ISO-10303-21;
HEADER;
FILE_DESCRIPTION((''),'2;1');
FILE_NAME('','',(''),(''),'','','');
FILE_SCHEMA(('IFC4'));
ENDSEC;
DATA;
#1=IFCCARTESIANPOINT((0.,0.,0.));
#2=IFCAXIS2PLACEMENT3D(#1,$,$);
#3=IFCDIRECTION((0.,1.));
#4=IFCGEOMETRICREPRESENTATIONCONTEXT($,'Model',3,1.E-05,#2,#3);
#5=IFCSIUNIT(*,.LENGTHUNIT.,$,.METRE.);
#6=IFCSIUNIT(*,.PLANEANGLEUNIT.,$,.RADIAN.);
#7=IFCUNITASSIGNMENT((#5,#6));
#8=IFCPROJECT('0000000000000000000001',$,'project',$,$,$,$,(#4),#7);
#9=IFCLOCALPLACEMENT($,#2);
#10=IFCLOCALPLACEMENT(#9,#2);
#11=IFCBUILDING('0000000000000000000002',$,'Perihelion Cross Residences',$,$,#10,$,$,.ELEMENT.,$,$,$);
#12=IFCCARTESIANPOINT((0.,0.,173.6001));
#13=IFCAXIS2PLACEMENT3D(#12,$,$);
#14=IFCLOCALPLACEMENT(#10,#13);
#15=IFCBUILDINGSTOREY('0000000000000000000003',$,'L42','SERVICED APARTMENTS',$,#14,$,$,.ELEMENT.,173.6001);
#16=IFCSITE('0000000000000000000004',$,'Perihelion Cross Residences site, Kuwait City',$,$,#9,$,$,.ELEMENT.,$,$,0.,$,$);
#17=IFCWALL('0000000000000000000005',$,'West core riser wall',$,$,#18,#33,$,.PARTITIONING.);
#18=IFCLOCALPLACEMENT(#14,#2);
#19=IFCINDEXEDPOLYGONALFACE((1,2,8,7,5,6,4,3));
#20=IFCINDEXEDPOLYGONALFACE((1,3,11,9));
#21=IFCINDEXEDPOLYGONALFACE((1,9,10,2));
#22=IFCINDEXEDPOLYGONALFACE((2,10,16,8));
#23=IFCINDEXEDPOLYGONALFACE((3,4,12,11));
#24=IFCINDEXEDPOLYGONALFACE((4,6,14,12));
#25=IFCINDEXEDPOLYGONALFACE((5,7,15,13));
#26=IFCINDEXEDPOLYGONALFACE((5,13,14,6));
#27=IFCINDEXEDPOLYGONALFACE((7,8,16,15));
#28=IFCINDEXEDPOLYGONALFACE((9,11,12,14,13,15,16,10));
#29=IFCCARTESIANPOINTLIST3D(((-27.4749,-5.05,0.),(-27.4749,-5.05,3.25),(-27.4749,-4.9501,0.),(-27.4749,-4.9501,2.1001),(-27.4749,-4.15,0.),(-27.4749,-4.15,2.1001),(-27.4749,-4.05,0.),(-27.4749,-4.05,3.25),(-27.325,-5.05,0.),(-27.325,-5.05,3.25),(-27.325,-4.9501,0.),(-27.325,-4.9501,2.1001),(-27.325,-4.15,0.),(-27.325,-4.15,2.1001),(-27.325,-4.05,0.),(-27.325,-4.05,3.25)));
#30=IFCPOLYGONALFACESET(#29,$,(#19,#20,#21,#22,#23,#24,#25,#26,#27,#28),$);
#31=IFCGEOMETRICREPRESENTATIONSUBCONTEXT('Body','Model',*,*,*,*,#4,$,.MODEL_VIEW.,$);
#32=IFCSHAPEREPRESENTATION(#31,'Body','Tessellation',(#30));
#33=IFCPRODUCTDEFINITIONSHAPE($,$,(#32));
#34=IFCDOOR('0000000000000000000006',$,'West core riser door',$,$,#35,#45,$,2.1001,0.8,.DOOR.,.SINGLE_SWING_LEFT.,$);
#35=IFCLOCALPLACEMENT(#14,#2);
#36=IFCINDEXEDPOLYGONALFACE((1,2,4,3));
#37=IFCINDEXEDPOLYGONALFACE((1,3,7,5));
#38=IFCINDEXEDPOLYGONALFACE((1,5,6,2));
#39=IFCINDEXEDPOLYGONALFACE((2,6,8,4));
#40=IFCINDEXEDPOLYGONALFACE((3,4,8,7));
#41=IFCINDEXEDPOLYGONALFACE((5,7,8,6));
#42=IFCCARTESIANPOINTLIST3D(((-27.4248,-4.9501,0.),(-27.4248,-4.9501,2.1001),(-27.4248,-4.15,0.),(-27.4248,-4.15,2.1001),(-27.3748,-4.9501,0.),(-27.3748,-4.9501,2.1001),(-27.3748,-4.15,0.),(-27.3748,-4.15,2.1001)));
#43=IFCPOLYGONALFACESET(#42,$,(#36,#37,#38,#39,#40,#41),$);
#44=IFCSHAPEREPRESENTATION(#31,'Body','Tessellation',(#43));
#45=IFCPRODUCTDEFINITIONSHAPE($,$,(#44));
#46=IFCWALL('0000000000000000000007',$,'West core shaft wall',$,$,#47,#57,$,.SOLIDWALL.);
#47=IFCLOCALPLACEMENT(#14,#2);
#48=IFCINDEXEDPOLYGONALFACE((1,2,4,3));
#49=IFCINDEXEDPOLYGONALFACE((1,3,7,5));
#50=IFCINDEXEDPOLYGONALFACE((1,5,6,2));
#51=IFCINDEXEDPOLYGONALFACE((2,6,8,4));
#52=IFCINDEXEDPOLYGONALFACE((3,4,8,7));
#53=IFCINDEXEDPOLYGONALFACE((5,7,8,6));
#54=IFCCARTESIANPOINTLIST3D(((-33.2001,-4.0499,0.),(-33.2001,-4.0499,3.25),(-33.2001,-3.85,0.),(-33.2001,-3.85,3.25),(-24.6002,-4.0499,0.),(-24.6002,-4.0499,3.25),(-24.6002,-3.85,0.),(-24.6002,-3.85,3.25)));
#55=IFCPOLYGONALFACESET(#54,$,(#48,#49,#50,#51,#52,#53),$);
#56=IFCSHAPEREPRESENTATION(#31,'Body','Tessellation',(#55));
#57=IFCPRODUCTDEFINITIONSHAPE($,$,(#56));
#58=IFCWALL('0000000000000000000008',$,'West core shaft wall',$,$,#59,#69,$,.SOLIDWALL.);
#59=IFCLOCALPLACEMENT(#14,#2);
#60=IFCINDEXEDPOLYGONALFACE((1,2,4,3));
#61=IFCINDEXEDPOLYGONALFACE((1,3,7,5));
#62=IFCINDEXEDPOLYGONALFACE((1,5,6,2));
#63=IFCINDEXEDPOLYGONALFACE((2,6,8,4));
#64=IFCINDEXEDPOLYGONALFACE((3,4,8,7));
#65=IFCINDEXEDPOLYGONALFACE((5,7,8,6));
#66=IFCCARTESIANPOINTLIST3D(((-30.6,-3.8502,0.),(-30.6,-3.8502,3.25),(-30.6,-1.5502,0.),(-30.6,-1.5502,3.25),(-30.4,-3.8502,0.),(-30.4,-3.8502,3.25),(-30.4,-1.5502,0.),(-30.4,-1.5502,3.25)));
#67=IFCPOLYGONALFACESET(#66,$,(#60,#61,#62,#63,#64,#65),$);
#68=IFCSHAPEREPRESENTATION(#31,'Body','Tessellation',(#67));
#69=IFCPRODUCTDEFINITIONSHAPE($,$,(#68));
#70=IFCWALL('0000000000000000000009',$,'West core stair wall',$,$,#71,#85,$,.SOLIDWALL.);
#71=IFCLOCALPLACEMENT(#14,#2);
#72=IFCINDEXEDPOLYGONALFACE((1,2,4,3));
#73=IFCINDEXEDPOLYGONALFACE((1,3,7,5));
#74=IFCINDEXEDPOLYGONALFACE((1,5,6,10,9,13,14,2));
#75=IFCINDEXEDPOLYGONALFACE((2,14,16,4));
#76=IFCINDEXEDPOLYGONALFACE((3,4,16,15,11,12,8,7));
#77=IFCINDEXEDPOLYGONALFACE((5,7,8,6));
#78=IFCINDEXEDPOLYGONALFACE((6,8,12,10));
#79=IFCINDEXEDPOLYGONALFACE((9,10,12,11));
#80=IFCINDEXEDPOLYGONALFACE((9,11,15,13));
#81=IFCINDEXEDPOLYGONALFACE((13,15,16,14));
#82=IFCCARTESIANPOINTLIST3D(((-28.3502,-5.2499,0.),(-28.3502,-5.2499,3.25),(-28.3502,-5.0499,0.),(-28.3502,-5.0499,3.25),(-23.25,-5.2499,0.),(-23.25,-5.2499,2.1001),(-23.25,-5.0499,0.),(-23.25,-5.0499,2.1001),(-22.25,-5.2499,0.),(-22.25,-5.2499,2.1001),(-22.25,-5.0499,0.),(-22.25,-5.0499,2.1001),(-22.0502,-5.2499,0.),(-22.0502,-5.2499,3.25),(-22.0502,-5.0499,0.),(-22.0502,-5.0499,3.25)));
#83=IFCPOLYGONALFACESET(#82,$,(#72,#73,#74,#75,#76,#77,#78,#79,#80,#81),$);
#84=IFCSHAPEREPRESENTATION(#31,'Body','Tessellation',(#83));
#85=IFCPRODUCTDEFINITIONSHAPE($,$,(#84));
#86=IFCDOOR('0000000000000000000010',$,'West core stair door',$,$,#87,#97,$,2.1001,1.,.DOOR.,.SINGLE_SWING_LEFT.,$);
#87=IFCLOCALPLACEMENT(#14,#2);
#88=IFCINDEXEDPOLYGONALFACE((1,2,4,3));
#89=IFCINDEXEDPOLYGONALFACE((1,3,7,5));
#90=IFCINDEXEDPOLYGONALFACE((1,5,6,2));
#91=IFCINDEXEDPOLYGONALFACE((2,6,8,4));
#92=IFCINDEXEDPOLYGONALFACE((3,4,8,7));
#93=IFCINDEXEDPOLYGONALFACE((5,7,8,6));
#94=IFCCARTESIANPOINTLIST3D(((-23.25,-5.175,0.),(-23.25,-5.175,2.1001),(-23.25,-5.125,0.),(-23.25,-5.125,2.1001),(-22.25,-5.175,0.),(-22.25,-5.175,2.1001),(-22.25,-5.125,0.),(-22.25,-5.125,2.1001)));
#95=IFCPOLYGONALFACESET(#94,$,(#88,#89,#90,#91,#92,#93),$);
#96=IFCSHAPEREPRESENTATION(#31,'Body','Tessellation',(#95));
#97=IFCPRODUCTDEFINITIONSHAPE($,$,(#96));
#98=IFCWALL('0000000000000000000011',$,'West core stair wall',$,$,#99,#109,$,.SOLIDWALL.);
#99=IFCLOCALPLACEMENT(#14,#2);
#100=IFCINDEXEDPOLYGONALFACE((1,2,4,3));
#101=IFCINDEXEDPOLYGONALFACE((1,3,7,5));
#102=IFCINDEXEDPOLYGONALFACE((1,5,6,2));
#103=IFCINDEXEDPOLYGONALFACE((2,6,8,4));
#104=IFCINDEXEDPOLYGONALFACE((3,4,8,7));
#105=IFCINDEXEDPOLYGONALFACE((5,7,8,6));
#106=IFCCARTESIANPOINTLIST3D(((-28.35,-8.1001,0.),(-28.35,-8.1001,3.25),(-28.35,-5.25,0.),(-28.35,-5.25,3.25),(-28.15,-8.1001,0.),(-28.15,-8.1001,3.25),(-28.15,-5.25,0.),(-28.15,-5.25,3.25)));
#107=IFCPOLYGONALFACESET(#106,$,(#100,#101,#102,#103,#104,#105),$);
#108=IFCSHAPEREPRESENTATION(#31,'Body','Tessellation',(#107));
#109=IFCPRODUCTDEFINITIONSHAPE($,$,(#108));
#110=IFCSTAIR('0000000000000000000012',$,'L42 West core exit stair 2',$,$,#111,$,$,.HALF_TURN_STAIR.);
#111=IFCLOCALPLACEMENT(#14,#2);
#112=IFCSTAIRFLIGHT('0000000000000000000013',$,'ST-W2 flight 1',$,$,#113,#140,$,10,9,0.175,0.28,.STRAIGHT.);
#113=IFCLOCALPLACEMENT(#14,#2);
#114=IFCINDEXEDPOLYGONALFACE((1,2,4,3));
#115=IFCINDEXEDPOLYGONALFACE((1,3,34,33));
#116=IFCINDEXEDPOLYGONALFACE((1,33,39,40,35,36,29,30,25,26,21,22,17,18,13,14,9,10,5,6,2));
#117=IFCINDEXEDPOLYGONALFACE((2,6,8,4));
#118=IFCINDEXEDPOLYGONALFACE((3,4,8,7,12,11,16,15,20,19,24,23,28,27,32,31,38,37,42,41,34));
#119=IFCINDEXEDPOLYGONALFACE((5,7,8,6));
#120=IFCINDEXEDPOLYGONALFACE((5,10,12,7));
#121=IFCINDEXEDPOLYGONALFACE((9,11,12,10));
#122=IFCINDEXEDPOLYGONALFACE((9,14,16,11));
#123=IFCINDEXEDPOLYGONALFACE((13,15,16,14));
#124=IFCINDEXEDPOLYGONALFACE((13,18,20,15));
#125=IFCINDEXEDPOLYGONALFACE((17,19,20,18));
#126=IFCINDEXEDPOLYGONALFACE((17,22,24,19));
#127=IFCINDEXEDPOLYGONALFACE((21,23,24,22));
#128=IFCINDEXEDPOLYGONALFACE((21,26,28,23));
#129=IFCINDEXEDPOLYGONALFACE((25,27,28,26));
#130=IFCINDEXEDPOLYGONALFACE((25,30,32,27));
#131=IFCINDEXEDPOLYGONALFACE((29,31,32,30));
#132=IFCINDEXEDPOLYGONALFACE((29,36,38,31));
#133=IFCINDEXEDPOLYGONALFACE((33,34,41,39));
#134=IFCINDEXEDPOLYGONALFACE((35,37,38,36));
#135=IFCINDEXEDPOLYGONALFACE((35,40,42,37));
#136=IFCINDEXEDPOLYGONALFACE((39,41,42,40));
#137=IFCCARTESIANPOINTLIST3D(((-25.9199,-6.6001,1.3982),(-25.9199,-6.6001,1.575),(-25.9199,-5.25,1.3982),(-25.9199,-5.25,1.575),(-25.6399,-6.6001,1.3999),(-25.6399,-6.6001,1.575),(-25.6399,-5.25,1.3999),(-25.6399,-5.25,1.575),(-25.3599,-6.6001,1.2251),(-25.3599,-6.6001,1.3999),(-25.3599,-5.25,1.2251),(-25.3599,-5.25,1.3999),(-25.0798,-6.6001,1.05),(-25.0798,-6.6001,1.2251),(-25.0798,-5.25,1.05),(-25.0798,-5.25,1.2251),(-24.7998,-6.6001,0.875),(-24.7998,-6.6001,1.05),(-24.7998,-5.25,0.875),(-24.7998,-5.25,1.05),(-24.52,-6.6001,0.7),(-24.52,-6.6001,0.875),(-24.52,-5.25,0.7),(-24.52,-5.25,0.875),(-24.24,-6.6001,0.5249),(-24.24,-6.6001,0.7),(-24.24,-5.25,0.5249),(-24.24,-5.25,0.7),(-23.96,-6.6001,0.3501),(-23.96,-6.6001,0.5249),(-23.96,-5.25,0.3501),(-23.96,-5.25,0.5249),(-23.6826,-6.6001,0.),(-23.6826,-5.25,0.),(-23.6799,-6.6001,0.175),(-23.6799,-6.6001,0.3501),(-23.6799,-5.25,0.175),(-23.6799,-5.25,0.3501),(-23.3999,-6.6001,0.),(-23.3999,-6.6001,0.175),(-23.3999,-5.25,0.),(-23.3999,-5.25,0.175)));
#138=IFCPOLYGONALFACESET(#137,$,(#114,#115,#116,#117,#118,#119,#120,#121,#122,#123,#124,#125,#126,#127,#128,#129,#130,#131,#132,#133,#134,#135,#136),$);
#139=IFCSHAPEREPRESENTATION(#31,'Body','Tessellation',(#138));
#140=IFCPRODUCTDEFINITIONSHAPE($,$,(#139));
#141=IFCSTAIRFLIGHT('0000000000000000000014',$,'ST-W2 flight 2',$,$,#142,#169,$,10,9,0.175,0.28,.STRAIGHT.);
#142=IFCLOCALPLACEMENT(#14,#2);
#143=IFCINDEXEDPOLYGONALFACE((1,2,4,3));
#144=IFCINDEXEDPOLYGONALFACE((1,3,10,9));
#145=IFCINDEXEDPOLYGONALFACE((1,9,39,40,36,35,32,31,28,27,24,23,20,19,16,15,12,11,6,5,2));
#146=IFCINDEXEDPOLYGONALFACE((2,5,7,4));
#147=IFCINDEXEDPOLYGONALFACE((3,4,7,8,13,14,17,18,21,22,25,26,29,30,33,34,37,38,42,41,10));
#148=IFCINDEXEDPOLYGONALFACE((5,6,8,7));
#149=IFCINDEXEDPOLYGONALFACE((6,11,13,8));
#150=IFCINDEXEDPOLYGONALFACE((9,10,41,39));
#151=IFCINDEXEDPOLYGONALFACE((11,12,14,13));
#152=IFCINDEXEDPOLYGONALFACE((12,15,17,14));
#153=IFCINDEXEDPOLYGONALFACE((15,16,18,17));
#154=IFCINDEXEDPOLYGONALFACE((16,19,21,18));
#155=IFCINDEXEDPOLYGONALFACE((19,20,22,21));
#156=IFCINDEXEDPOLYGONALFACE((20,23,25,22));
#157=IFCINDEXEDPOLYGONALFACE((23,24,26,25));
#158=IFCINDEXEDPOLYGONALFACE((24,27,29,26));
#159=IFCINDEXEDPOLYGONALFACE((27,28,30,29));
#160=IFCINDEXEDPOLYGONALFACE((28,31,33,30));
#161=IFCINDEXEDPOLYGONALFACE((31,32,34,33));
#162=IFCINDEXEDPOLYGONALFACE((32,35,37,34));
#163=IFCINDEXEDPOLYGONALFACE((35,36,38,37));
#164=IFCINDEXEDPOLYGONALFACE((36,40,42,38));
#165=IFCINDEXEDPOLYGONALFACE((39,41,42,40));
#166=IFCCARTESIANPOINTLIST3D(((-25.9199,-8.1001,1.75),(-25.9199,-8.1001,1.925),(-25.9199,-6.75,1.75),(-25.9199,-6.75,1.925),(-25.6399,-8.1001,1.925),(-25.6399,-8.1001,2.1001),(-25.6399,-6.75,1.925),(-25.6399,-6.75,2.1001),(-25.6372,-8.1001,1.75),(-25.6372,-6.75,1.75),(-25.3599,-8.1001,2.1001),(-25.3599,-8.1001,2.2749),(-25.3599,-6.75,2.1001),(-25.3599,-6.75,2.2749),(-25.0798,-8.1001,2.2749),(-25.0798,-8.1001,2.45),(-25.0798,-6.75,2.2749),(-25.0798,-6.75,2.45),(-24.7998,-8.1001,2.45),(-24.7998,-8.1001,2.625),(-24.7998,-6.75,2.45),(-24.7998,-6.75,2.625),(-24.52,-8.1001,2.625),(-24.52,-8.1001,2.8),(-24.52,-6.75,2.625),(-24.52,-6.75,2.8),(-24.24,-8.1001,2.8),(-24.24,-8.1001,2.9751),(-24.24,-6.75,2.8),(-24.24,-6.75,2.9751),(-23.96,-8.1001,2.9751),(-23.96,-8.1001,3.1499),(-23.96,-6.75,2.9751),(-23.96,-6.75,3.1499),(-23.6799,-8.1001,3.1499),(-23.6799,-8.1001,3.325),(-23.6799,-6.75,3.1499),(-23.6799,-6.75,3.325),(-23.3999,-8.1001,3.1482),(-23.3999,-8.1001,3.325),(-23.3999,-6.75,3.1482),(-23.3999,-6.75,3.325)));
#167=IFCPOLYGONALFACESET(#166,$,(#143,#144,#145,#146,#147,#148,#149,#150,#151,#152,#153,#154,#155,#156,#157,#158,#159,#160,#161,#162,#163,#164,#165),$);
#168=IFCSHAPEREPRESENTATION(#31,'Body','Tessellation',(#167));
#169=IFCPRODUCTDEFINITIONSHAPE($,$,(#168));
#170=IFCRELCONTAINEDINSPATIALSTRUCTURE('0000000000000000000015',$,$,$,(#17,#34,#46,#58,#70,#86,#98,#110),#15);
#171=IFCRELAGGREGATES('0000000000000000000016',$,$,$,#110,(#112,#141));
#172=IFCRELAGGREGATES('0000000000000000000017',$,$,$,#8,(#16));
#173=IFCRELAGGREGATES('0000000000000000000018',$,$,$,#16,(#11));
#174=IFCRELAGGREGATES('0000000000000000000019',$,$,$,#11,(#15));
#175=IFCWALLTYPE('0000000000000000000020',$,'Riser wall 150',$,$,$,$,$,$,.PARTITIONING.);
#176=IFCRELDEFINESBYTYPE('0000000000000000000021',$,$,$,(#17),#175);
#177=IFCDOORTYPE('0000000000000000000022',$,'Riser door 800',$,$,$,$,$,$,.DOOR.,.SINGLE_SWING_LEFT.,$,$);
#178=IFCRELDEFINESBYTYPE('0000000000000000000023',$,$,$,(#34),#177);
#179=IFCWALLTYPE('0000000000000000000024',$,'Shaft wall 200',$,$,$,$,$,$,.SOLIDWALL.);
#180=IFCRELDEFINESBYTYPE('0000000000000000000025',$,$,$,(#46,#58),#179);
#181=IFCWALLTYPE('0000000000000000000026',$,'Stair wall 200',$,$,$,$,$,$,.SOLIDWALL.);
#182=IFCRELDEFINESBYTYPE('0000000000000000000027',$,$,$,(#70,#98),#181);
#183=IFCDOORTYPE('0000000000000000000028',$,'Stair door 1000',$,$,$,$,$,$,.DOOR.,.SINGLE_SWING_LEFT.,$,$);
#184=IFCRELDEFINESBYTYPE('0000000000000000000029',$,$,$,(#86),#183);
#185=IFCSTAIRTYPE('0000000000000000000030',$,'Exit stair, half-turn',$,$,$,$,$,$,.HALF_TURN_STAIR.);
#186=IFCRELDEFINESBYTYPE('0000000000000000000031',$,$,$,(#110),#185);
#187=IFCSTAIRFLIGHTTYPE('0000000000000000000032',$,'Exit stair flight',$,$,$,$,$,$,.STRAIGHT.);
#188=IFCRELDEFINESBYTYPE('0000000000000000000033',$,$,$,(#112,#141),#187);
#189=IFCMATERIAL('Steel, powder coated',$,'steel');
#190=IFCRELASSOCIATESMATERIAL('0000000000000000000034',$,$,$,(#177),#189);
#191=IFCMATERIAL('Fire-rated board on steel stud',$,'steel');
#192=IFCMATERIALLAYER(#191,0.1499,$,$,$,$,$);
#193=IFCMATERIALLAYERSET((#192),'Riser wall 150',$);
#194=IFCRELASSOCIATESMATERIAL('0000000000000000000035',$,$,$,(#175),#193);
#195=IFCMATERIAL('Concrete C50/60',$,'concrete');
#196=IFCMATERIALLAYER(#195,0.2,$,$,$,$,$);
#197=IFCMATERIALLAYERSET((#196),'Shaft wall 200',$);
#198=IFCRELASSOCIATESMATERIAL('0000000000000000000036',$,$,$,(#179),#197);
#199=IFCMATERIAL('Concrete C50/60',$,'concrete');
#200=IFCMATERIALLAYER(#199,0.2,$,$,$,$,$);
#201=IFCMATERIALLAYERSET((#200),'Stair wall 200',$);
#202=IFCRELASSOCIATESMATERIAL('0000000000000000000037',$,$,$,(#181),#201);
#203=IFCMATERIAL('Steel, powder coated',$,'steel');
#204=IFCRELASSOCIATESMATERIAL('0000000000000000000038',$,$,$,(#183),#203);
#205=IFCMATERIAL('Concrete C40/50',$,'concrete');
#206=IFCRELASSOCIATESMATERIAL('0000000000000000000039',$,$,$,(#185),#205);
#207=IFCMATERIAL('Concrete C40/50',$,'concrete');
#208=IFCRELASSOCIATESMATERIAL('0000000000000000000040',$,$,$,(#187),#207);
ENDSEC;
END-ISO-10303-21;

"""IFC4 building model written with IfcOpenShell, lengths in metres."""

from ifc_helpers import new_model, si_unit, direction, frame, frame_2d, origin, place, context, subcontext, project, spatial, polyline, rectangle, outline, extrude, material, layer, layer_set, type_object, element, fill, aggregate, save


model = new_model("IFC4")

# Units and contexts
model_context = context("Model", 3, precision=1e-05, world=origin(), true_north=direction((0.0, 1.0)))
body_context = subcontext(model_context, "Body", "Model", "MODEL_VIEW")
ifc_project = project(units=[si_unit("LENGTHUNIT", "METRE"), si_unit("PLANEANGLEUNIT", "RADIAN")], contexts=[model_context])

# Site, building, storey
site_placement = place(None, origin())
site = spatial("IfcSite", under=ifc_project, at=site_placement, Name="Perihelion Cross Residences site, Kuwait City", CompositionType="ELEMENT", RefElevation=0.0)
building_placement = place(site_placement, origin())
building = spatial("IfcBuilding", under=site, at=building_placement, Name="Perihelion Cross Residences", CompositionType="ELEMENT")
storey_placement = place(building_placement, frame((0.0, 0.0, 173.6001)))
storey = spatial("IfcBuildingStorey", under=building, at=storey_placement, Name="L42", Description="SERVICED APARTMENTS", CompositionType="ELEMENT", Elevation=173.6001)

# Shared definitions
ifc_material_1 = material(Name="Steel, powder coated", Category="steel")
door_type_1 = type_object("IfcDoorType", Name="Riser door 800", OperationType="SINGLE_SWING_LEFT", PredefinedType="DOOR", material=ifc_material_1)

# Wall, opening, door
ifc_material_2 = material(Name="Fire-rated board on steel stud", Category="steel")
ifc_layer_1 = layer(ifc_material_2, 0.1499)
ifc_layer_set_1 = layer_set([ifc_layer_1], Name="Riser wall 150")
wall_type_1 = type_object("IfcWallType", Name="Riser wall 150", PredefinedType="PARTITIONING", material=ifc_layer_set_1)
wall_1_placement = place(storey_placement, frame((-27.3999, -5.05, 0.0), z_axis=(0.0, 0.0, 1.0), x_axis=(0.0, 1.0, 0.0)))
wall_1 = element("IfcWall", 1, at=wall_1_placement, inside=storey, type_object=wall_type_1, Name="West core riser wall", PredefinedType="PARTITIONING", context=body_context, shape_type="SweptSolid", body=[
    extrude(rectangle(XDim=1.0, YDim=0.1499, at=frame_2d((0.5, 0.0))), origin(), (0.0, 0.0, 1.0), 3.25),
])
opening_1_placement = place(wall_1_placement, frame((0.1001, 0.0, 0.0)))
opening_1 = element("IfcOpeningElement", 2, at=opening_1_placement, cuts=wall_1, PredefinedType="OPENING", context=body_context, shape_type="SweptSolid", body=[
    extrude(rectangle(XDim=0.8, YDim=2.1001, at=frame_2d((0.3999, 1.05))), frame((0.0, 0.085, 0.0), z_axis=(0.0, -1.0, 0.0), x_axis=(1.0, 0.0, 0.0)), (0.0, 0.0, 1.0), 0.1699),
])
door_1_placement = place(opening_1_placement, origin())
door_1 = element("IfcDoor", 3, at=door_1_placement, inside=storey, type_object=door_type_1, Name="West core riser door", OperationType="SINGLE_SWING_LEFT", OverallHeight=2.1001, OverallWidth=0.8, PredefinedType="DOOR", context=body_context, shape_type="SweptSolid", body=[
    extrude(rectangle(XDim=0.8, YDim=2.1001, at=frame_2d((0.3999, 1.05))), frame((0.0, 0.0249, 0.0), z_axis=(0.0, -1.0, 0.0), x_axis=(1.0, 0.0, 0.0)), (0.0, 0.0, 1.0), 0.05),
])
fill(opening_1, door_1)

# Walls
ifc_material_3 = material(Name="Concrete C50/60", Category="concrete")
ifc_layer_2 = layer(ifc_material_3, 0.2)
ifc_layer_set_2 = layer_set([ifc_layer_2], Name="Shaft wall 200")
wall_type_2 = type_object("IfcWallType", Name="Shaft wall 200", PredefinedType="SOLIDWALL", material=ifc_layer_set_2)
wall_2_placement = place(storey_placement, frame((-33.2, -3.95, 0.0), z_axis=(0.0, 0.0, 1.0), x_axis=(1.0, 0.0, 0.0)))
element("IfcWall", 4, at=wall_2_placement, inside=storey, type_object=wall_type_2, Name="West core shaft wall", PredefinedType="SOLIDWALL", context=body_context, shape_type="SweptSolid", body=[
    extrude(rectangle(XDim=8.5999, YDim=0.2, at=frame_2d((4.2998, 0.0))), origin(), (0.0, 0.0, 1.0), 3.25),
])
wall_3_placement = place(storey_placement, frame((-30.5, -3.8501, 0.0), z_axis=(0.0, 0.0, 1.0), x_axis=(0.0, 1.0, 0.0)))
element("IfcWall", 5, at=wall_3_placement, inside=storey, type_object=wall_type_2, Name="West core shaft wall", PredefinedType="SOLIDWALL", context=body_context, shape_type="SweptSolid", body=[
    extrude(rectangle(XDim=2.3, YDim=0.2, at=frame_2d((1.1499, 0.0))), origin(), (0.0, 0.0, 1.0), 3.25),
])

# Wall, opening, door
ifc_material_4 = material(Name="Concrete C50/60", Category="concrete")
ifc_layer_3 = layer(ifc_material_4, 0.2)
ifc_layer_set_3 = layer_set([ifc_layer_3], Name="Stair wall 200")
wall_type_3 = type_object("IfcWallType", Name="Stair wall 200", PredefinedType="SOLIDWALL", material=ifc_layer_set_3)
wall_4_placement = place(storey_placement, frame((-28.3501, -5.1499, 0.0), z_axis=(0.0, 0.0, 1.0), x_axis=(1.0, 0.0, 0.0)))
wall_4 = element("IfcWall", 6, at=wall_4_placement, inside=storey, type_object=wall_type_3, Name="West core stair wall", PredefinedType="SOLIDWALL", context=body_context, shape_type="SweptSolid", body=[
    extrude(rectangle(XDim=6.3, YDim=0.2, at=frame_2d((3.1499, 0.0))), origin(), (0.0, 0.0, 1.0), 3.25),
])
opening_2_placement = place(wall_4_placement, frame((5.1001, 0.0, 0.0)))
opening_2 = element("IfcOpeningElement", 7, at=opening_2_placement, cuts=wall_4, PredefinedType="OPENING", context=body_context, shape_type="SweptSolid", body=[
    extrude(rectangle(XDim=1.0, YDim=2.1001, at=frame_2d((0.5, 1.05))), frame((0.0, 0.1099, 0.0), z_axis=(0.0, -1.0, 0.0), x_axis=(1.0, 0.0, 0.0)), (0.0, 0.0, 1.0), 0.22),
])
ifc_material_5 = material(Name="Steel, powder coated", Category="steel")
door_type_2 = type_object("IfcDoorType", Name="Stair door 1000", OperationType="SINGLE_SWING_LEFT", PredefinedType="DOOR", material=ifc_material_5)
door_2_placement = place(opening_2_placement, origin())
door_2 = element("IfcDoor", 8, at=door_2_placement, inside=storey, type_object=door_type_2, Name="West core stair door", OperationType="SINGLE_SWING_LEFT", OverallHeight=2.1001, OverallWidth=1.0, PredefinedType="DOOR", context=body_context, shape_type="SweptSolid", body=[
    extrude(rectangle(XDim=1.0, YDim=2.1001, at=frame_2d((0.5, 1.05))), frame((0.0, 0.0249, 0.0), z_axis=(0.0, -1.0, 0.0), x_axis=(1.0, 0.0, 0.0)), (0.0, 0.0, 1.0), 0.05),
])
fill(opening_2, door_2)

# Wall
wall_5_placement = place(storey_placement, frame((-28.25, -8.1001, 0.0), z_axis=(0.0, 0.0, 1.0), x_axis=(0.0, 1.0, 0.0)))
element("IfcWall", 9, at=wall_5_placement, inside=storey, type_object=wall_type_3, Name="West core stair wall", PredefinedType="SOLIDWALL", context=body_context, shape_type="SweptSolid", body=[
    extrude(rectangle(XDim=2.8501, YDim=0.2, at=frame_2d((1.425, 0.0))), origin(), (0.0, 0.0, 1.0), 3.25),
])

# Stair, stair flights
ifc_material_6 = material(Name="Concrete C40/50", Category="concrete")
stair_type = type_object("IfcStairType", Name="Exit stair, half-turn", PredefinedType="HALF_TURN_STAIR", material=ifc_material_6)
stair_placement = place(storey_placement, origin())
stair = element("IfcStair", 10, at=stair_placement, inside=storey, type_object=stair_type, Name="L42 West core exit stair 2", PredefinedType="HALF_TURN_STAIR")
ifc_material_7 = material(Name="Concrete C40/50", Category="concrete")
stair_flight_type = type_object("IfcStairFlightType", Name="Exit stair flight", PredefinedType="STRAIGHT", material=ifc_material_7)
stair_flight_1_placement = place(storey_placement, frame((-23.3999, -5.925, 0.0), z_axis=(0.0, 0.0, 1.0), x_axis=(-1.0, 0.0, 0.0)))
stair_flight_1 = element("IfcStairFlight", 11, at=stair_flight_1_placement, type_object=stair_flight_type, Name="ST-W2 flight 1", NumberOfRisers=10, NumberOfTreads=9, PredefinedType="STRAIGHT", RiserHeight=0.175, TreadLength=0.28, context=body_context, shape_type="SweptSolid", body=[
    extrude(outline(polyline([(0.0, 0.0), (0.0, 0.175), (0.28, 0.175), (0.28, 0.3501), (0.5601, 0.3501), (0.5601, 0.5249), (0.8401, 0.5249), (0.8401, 0.7), (1.1201, 0.7), (1.1201, 0.875), (1.3999, 0.875), (1.3999, 1.05), (1.6799, 1.05), (1.6799, 1.2251), (1.96, 1.2251), (1.96, 1.3999), (2.24, 1.3999), (2.24, 1.575), (2.52, 1.575), (2.52, 1.75), (2.52, 1.3982), (0.2827, 0.0), (0.0, 0.0)])), frame((0.0, 0.675, 0.0), z_axis=(0.0, -1.0, 0.0), x_axis=(1.0, 0.0, 0.0)), (0.0, 0.0, 1.0), 1.3501),
])
stair_flight_2_placement = place(storey_placement, frame((-25.9199, -7.425, 1.75), z_axis=(0.0, 0.0, 1.0), x_axis=(1.0, 0.0, 0.0)))
stair_flight_2 = element("IfcStairFlight", 12, at=stair_flight_2_placement, type_object=stair_flight_type, Name="ST-W2 flight 2", NumberOfRisers=10, NumberOfTreads=9, PredefinedType="STRAIGHT", RiserHeight=0.175, TreadLength=0.28, context=body_context, shape_type="SweptSolid", body=[
    extrude(outline(polyline([(0.0, 0.0), (0.0, 0.175), (0.28, 0.175), (0.28, 0.3501), (0.5601, 0.3501), (0.5601, 0.5249), (0.8401, 0.5249), (0.8401, 0.7), (1.1201, 0.7), (1.1201, 0.875), (1.3999, 0.875), (1.3999, 1.05), (1.6799, 1.05), (1.6799, 1.2251), (1.96, 1.2251), (1.96, 1.3999), (2.24, 1.3999), (2.24, 1.575), (2.52, 1.575), (2.52, 1.75), (2.52, 1.3982), (0.2827, 0.0), (0.0, 0.0)])), frame((0.0, 0.675, 0.0), z_axis=(0.0, -1.0, 0.0), x_axis=(1.0, 0.0, 0.0)), (0.0, 0.0, 1.0), 1.3501),
])
aggregate(stair, [stair_flight_1, stair_flight_2])

save(model, "model.ifc")
